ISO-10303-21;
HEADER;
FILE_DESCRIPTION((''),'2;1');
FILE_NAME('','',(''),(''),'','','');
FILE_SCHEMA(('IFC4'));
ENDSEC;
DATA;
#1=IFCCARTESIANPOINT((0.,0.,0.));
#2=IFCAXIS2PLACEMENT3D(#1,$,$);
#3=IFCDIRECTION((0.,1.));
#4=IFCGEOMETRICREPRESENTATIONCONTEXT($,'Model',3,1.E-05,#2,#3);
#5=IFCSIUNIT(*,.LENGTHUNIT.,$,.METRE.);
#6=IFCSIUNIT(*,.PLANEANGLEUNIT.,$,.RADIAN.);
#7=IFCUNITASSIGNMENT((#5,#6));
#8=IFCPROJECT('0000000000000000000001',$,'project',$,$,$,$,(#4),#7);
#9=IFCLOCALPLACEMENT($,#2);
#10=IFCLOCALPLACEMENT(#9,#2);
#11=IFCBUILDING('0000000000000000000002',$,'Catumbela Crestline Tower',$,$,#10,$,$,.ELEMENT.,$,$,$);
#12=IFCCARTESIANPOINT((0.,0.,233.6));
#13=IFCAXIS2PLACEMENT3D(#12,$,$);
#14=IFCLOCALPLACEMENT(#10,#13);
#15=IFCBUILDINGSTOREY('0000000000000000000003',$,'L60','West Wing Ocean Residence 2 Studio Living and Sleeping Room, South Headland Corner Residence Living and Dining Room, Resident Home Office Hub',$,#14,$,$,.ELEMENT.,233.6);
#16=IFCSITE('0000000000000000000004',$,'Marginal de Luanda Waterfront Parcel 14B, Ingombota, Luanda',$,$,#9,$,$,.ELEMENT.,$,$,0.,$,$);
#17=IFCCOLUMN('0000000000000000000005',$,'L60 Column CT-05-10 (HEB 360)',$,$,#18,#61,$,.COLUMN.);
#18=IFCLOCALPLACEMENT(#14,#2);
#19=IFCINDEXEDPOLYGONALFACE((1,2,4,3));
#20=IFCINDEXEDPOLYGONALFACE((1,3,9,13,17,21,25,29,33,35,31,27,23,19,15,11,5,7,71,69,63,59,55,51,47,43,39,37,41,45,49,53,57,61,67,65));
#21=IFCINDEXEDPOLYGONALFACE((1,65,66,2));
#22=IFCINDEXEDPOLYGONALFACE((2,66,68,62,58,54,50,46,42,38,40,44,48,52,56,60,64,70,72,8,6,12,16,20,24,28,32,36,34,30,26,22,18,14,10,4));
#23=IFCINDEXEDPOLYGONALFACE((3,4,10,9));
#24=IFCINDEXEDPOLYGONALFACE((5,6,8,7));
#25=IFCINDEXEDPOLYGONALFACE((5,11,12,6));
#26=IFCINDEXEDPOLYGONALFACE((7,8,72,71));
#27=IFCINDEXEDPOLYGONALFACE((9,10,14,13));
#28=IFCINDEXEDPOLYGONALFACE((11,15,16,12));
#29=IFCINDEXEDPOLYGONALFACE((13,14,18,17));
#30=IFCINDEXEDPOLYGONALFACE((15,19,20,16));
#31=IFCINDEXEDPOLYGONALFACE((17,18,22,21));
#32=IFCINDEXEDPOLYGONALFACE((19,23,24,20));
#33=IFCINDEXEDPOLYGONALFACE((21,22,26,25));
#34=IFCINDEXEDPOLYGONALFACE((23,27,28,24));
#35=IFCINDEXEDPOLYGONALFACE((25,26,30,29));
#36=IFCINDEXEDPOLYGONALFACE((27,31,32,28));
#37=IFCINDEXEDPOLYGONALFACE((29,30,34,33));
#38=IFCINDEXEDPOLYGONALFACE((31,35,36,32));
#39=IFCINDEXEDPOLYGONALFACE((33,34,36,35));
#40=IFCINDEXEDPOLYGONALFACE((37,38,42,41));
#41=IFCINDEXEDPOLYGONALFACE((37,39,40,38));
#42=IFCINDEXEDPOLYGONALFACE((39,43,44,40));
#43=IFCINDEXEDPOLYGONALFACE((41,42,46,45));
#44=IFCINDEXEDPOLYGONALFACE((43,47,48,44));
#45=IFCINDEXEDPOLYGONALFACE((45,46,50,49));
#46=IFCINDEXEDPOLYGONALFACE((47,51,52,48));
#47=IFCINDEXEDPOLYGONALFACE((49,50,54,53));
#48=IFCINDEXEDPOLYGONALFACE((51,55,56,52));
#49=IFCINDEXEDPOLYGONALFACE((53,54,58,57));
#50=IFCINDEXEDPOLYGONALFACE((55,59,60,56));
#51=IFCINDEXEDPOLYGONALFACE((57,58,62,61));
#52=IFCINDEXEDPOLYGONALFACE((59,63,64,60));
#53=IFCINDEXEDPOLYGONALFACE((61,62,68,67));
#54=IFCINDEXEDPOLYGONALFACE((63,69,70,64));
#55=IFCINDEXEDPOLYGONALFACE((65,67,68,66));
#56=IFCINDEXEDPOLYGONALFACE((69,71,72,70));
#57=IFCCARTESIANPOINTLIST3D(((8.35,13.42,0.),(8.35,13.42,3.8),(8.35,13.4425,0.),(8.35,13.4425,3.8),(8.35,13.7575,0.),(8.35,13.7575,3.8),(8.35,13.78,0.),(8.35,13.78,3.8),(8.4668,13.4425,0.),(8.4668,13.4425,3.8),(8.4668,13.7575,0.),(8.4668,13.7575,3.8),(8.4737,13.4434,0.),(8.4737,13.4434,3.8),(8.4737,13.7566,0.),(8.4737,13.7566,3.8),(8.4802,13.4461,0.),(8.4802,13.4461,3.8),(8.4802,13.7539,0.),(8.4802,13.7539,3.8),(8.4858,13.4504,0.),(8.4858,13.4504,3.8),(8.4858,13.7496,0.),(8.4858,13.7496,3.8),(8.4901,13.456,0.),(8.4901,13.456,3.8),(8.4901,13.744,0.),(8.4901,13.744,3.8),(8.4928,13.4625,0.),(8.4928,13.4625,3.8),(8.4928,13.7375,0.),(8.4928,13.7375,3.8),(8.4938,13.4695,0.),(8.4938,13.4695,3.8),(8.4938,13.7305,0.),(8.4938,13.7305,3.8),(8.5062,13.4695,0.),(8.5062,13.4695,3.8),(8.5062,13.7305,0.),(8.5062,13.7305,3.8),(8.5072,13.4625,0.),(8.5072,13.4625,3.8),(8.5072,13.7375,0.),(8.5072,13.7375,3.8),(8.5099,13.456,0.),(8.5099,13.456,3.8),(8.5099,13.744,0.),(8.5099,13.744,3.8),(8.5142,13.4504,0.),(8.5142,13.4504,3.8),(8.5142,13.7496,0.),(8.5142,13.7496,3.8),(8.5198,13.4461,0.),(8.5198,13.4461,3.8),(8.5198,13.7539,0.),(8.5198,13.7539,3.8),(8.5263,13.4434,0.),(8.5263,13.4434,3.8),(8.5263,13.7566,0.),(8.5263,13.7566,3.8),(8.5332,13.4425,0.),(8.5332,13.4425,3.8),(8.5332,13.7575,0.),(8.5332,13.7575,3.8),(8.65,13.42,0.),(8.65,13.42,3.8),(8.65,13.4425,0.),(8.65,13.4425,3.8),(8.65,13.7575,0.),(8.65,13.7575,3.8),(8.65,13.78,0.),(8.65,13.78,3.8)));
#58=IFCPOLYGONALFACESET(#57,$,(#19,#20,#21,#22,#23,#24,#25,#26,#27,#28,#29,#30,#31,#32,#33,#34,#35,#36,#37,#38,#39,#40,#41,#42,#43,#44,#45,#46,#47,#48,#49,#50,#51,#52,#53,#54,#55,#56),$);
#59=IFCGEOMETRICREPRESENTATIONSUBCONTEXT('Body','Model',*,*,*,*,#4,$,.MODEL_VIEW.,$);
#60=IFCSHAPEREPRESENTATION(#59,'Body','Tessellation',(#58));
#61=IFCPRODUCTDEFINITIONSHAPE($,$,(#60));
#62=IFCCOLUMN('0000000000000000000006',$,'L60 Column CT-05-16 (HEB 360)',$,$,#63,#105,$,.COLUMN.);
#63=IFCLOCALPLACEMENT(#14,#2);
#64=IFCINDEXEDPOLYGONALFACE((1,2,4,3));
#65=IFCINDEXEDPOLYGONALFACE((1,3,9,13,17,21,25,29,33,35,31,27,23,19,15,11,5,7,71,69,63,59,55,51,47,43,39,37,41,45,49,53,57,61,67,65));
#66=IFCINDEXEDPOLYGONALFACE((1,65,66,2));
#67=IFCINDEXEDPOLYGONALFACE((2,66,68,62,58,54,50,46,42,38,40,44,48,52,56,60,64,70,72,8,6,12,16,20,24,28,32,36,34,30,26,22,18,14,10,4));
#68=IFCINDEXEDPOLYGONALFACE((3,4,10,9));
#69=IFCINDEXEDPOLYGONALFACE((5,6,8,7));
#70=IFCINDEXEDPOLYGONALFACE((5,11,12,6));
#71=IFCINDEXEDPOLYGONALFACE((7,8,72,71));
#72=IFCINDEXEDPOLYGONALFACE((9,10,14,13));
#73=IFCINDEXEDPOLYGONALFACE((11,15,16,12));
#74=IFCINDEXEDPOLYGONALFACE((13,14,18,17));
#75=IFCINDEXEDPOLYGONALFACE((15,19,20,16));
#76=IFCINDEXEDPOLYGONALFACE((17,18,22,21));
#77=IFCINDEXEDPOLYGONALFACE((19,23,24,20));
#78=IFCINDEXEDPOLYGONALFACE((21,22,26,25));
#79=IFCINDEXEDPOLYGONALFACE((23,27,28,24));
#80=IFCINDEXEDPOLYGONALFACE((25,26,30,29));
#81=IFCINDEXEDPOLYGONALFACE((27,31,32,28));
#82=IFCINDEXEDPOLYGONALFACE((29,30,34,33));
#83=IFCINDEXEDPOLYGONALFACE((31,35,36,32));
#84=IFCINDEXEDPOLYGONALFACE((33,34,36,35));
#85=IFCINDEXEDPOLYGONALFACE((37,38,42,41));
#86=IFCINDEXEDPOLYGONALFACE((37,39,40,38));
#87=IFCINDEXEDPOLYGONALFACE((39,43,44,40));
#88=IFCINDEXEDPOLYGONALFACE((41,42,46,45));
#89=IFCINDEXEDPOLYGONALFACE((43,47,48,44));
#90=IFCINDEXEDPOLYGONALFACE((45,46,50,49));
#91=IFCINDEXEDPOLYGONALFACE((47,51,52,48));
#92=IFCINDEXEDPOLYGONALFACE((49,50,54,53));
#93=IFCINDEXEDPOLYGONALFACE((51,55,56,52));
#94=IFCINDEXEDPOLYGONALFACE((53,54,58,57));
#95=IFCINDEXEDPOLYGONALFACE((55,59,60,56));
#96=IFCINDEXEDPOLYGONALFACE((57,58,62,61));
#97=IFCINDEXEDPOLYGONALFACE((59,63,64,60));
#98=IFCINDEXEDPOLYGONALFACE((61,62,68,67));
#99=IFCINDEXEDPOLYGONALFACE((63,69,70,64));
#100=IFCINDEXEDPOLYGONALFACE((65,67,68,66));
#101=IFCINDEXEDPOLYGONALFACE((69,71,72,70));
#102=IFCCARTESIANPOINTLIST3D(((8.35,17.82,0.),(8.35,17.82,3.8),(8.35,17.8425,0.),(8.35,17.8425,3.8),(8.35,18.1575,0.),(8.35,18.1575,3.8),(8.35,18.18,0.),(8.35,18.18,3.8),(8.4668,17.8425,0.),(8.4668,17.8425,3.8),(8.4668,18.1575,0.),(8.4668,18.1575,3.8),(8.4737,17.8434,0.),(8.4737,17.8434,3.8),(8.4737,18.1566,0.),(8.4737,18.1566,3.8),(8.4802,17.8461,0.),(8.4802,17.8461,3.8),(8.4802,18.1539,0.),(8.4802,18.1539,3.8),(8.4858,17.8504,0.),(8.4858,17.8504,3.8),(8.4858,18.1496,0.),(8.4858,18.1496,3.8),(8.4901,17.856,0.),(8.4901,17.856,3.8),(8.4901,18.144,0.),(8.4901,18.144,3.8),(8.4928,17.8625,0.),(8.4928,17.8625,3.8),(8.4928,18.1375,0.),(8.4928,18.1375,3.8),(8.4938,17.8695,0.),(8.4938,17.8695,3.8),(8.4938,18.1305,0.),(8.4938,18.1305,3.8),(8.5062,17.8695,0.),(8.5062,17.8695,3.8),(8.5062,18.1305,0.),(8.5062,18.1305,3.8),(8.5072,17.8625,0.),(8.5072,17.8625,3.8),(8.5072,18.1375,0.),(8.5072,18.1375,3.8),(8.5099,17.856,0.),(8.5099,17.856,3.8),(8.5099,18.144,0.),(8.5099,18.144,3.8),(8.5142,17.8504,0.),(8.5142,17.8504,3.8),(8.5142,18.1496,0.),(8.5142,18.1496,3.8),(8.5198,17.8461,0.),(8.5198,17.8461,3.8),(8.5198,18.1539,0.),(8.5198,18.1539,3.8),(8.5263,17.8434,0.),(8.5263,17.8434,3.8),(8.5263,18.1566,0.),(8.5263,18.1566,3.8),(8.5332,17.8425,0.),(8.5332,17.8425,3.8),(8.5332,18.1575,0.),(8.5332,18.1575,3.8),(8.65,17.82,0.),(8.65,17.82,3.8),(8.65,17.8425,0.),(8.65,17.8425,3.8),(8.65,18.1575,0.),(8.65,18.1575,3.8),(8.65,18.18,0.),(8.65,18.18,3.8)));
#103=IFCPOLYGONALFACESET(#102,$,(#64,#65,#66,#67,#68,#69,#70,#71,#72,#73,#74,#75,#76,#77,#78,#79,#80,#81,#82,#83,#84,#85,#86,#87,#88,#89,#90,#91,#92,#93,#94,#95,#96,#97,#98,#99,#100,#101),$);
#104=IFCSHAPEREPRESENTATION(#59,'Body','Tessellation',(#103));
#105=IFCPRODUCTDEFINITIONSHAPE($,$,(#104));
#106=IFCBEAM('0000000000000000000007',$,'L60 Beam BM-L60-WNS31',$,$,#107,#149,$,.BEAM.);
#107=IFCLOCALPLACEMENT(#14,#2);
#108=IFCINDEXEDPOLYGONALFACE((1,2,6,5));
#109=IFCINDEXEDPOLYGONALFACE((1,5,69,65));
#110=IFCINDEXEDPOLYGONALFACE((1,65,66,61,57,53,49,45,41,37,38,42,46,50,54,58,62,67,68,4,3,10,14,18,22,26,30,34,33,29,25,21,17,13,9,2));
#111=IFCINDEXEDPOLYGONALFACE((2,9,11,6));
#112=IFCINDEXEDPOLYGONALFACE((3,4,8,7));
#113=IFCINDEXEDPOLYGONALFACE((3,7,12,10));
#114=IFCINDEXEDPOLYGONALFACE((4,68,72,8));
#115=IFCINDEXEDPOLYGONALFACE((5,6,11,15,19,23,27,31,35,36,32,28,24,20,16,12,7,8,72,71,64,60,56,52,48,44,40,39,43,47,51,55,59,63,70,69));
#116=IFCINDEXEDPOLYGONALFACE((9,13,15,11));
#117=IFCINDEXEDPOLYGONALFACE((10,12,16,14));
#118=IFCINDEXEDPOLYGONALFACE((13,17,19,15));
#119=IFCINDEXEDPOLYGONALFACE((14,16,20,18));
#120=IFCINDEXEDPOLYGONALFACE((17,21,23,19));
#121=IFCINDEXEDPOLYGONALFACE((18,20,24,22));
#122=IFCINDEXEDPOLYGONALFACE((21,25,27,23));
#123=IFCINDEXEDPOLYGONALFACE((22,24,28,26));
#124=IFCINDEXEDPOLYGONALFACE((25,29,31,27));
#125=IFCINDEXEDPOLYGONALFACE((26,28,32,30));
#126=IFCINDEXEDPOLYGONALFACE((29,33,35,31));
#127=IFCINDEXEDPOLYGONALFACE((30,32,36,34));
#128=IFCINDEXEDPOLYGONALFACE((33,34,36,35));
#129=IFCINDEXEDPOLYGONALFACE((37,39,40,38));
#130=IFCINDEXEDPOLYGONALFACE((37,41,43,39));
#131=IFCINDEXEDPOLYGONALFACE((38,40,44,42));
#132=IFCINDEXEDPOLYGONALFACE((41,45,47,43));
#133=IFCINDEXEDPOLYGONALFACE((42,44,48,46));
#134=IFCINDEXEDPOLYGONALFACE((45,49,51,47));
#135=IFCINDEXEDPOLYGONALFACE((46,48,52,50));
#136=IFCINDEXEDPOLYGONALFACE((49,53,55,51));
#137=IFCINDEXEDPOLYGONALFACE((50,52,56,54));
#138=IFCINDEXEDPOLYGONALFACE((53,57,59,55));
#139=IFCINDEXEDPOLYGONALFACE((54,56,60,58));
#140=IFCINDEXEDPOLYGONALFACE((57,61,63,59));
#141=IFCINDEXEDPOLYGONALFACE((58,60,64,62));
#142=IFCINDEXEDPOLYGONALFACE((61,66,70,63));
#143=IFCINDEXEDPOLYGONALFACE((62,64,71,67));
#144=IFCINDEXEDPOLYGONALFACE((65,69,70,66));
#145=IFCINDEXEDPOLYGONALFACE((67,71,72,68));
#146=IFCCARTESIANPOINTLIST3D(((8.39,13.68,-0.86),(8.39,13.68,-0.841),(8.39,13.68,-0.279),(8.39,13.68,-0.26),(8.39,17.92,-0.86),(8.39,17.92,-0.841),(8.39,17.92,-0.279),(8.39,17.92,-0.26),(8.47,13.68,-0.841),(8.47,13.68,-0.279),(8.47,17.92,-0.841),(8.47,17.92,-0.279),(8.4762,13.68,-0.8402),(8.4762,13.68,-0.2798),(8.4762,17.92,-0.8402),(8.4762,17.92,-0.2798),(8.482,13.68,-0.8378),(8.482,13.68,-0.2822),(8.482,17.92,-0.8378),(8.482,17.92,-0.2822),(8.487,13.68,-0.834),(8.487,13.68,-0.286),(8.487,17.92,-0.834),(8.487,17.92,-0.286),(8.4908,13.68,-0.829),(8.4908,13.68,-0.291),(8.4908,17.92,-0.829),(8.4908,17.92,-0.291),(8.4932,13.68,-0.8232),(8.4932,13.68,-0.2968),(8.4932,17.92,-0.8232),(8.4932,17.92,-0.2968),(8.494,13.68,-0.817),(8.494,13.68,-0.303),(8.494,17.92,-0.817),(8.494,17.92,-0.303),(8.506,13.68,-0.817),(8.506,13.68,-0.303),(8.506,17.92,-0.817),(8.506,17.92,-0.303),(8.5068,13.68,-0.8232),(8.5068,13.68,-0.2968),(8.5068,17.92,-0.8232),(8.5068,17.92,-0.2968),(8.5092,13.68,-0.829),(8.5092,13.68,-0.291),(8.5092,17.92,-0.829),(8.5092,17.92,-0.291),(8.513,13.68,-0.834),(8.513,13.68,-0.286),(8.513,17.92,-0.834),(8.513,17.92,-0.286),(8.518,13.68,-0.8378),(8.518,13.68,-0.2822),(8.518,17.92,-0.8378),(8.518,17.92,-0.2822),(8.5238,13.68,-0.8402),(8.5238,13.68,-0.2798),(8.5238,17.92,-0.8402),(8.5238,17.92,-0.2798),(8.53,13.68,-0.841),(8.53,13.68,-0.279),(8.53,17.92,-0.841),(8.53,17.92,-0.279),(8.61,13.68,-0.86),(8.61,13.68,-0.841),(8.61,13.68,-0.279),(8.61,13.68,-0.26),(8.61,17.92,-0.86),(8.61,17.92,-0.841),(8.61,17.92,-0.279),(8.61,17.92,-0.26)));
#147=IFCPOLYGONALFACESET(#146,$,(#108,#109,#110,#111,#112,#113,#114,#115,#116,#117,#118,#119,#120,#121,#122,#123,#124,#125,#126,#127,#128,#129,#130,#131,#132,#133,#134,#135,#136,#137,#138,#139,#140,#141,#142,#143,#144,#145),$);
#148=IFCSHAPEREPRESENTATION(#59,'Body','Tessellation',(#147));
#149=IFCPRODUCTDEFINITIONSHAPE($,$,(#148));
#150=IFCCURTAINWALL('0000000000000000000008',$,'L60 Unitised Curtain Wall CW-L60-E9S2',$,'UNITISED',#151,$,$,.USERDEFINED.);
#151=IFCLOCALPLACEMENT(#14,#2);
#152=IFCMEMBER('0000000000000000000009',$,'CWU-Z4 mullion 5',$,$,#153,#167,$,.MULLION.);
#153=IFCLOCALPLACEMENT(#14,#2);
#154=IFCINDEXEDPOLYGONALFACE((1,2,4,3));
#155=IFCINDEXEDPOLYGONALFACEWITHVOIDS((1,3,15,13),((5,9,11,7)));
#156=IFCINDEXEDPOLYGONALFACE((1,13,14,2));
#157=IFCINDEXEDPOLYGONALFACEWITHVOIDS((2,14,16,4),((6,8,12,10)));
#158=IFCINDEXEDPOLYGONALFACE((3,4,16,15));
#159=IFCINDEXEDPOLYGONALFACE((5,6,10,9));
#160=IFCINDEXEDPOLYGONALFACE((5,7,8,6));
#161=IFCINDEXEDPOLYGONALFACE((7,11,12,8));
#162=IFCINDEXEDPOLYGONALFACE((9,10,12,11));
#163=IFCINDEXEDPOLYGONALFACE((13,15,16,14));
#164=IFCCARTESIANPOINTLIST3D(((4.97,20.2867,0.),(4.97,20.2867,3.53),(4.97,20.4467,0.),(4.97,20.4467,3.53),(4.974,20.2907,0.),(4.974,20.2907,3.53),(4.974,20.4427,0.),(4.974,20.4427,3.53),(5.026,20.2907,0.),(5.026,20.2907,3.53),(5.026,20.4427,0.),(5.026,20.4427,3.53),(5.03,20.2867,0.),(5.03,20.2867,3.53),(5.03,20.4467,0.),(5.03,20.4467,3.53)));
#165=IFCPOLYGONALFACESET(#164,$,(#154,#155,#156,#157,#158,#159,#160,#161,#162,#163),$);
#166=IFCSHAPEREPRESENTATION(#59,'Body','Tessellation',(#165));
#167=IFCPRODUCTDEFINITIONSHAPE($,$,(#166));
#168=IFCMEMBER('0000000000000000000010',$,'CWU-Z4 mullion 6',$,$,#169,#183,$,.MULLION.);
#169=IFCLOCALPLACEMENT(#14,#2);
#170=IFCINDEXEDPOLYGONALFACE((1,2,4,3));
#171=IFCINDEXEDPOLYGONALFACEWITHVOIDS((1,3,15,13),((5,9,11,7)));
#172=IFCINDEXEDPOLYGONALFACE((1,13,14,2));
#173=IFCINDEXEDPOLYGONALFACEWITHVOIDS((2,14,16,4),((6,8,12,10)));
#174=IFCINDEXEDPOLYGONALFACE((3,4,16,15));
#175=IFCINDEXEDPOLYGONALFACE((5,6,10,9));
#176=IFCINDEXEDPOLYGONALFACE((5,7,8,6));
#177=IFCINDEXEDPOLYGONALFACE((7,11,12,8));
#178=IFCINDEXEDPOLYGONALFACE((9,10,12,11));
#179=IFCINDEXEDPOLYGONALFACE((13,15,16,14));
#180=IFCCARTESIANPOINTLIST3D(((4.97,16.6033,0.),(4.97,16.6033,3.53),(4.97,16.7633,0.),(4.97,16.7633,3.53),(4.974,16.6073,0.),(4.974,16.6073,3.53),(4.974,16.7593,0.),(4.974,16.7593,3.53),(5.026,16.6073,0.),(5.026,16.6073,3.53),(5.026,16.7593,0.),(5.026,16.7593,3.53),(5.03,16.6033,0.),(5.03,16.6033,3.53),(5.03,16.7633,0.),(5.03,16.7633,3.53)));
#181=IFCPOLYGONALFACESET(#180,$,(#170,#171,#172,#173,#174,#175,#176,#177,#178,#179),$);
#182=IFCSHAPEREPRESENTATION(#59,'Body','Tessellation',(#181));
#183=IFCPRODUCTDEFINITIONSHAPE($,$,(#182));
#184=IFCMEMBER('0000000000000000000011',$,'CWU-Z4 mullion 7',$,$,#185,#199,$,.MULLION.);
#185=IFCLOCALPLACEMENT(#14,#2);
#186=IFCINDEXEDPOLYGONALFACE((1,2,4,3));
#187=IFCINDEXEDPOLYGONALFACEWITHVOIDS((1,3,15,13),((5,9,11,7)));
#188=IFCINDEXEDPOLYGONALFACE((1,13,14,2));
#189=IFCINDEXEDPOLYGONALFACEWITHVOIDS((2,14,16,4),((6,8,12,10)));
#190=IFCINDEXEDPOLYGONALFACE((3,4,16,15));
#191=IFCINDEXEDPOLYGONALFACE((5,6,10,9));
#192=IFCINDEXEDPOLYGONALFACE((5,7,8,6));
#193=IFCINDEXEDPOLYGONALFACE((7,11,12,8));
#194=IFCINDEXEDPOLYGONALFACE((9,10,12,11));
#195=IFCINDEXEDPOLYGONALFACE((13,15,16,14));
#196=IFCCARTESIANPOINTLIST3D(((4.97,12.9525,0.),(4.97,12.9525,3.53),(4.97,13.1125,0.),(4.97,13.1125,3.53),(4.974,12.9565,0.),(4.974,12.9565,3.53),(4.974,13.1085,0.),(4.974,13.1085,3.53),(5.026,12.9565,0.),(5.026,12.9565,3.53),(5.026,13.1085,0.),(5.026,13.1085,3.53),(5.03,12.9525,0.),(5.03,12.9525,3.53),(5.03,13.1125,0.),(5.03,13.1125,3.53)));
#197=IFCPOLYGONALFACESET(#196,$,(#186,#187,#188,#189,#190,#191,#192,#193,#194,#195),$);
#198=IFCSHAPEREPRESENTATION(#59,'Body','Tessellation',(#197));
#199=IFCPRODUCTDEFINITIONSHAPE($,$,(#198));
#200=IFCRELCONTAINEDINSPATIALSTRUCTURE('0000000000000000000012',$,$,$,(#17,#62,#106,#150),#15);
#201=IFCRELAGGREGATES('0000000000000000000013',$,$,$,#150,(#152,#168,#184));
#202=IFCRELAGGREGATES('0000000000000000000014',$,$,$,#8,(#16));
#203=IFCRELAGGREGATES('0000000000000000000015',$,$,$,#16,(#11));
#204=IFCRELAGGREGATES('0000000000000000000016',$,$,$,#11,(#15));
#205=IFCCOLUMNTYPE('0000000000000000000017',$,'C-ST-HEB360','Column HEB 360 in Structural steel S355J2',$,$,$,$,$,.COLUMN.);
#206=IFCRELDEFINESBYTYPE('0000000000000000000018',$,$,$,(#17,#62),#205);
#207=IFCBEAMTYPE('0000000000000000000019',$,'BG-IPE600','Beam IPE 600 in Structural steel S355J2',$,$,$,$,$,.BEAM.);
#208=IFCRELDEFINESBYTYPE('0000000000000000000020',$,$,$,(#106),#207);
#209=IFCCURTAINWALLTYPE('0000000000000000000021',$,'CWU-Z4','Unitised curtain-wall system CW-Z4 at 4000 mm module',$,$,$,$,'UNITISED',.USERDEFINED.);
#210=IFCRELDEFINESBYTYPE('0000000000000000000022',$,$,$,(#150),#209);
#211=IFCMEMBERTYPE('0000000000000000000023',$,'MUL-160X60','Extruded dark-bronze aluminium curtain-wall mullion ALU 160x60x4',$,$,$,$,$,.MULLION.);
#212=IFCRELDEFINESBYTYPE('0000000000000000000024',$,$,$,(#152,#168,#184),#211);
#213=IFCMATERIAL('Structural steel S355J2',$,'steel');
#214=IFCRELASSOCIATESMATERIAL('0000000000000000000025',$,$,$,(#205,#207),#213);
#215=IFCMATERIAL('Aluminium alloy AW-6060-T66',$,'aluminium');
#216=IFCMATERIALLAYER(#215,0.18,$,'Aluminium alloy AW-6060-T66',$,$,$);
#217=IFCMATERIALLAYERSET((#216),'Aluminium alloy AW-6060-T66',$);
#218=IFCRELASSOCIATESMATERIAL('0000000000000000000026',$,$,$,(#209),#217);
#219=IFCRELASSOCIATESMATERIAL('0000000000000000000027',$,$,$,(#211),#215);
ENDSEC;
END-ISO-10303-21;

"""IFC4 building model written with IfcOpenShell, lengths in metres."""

from ifc_helpers import new_model, si_unit, direction, frame, origin, origin_2d, place, context, subcontext, project, spatial, hollow_rectangle, i_section, extrude, material, layer, layer_set, material_profile, profile_set, type_object, element, aggregate, save


model = new_model("IFC4")

# Units and contexts
model_context = context("Model", 3, precision=1e-05, world=origin(), true_north=direction((0.0, 1.0)))
body_context = subcontext(model_context, "Body", "Model", "MODEL_VIEW")
ifc_project = project(units=[si_unit("LENGTHUNIT", "METRE"), si_unit("PLANEANGLEUNIT", "RADIAN")], contexts=[model_context])

# Site, building, storey
site_placement = place(None, origin())
site = spatial("IfcSite", under=ifc_project, at=site_placement, Name="Marginal de Luanda Waterfront Parcel 14B, Ingombota, Luanda", CompositionType="ELEMENT", RefElevation=0.0)
building_placement = place(site_placement, origin())
building = spatial("IfcBuilding", under=site, at=building_placement, Name="Catumbela Crestline Tower", CompositionType="ELEMENT")
storey_placement = place(building_placement, frame((0.0, 0.0, 233.6)))
storey = spatial("IfcBuildingStorey", under=building, at=storey_placement, Name="L60", Description="West Wing Ocean Residence 2 Studio Living and Sleeping Room, South Headland Corner Residence Living and Dining Room, Resident Home Office Hub", CompositionType="ELEMENT", Elevation=233.6)

# Columns
ifc_material_1 = material(Name="Structural steel S355J2", Category="steel")
ifc_material_profile_1 = material_profile(ifc_material_1, i_section(OverallWidth=0.3, OverallDepth=0.36, WebThickness=0.0125, FlangeThickness=0.0225, FilletRadius=0.027, at=origin_2d()), Name="HEB 360")
ifc_profile_set_1 = profile_set([ifc_material_profile_1], Name="Structural steel S355J2")
column_type = type_object("IfcColumnType", Name="C-ST-HEB360", Description="Column HEB 360 in Structural steel S355J2", PredefinedType="COLUMN", material=ifc_profile_set_1)
for number, where, z_axis, x_axis, name in (
    (1, (8.5, 13.6, 0.0), (0.0, 0.0, 1.0), (1.0, 0.0, 0.0), "L60 Column CT-05-10 (HEB 360)"),
    (2, (8.5, 18.0, 0.0), (0.0, 0.0, 1.0), (1.0, 0.0, 0.0), "L60 Column CT-05-16 (HEB 360)"),
):
    element("IfcColumn", number, at=place(storey_placement, frame(where, z_axis=z_axis, x_axis=x_axis)), inside=storey, type_object=column_type, Name=name, PredefinedType="COLUMN", context=body_context, shape_type="SweptSolid", body=[
        extrude(i_section(OverallWidth=0.3, OverallDepth=0.36, WebThickness=0.0125, FlangeThickness=0.0225, FilletRadius=0.027, at=origin_2d()), origin(), (0.0, 0.0, 1.0), 3.8),
    ])

# Beam
ifc_material_profile_2 = material_profile(ifc_material_1, i_section(OverallWidth=0.22, OverallDepth=0.6, WebThickness=0.012, FlangeThickness=0.019, FilletRadius=0.024, at=origin_2d()), Name="IPE 600")
ifc_profile_set_2 = profile_set([ifc_material_profile_2], Name="Structural steel S355J2")
beam_type = type_object("IfcBeamType", Name="BG-IPE600", Description="Beam IPE 600 in Structural steel S355J2", PredefinedType="BEAM", material=ifc_profile_set_2)
beam_placement = place(storey_placement, frame((8.5, 13.68, -0.56), z_axis=(0.0, 1.0, 0.0), x_axis=(-1.0, 0.0, 0.0)))
element("IfcBeam", 3, at=beam_placement, inside=storey, type_object=beam_type, Name="L60 Beam BM-L60-WNS31", PredefinedType="BEAM", context=body_context, shape_type="SweptSolid", body=[
    extrude(i_section(OverallWidth=0.22, OverallDepth=0.6, WebThickness=0.012, FlangeThickness=0.019, FilletRadius=0.024, at=origin_2d()), origin(), (0.0, 0.0, 1.0), 4.24),
])

# Curtain wall, members
ifc_material_2 = material(Name="Aluminium alloy AW-6060-T66", Category="aluminium")
ifc_layer_1 = layer(ifc_material_2, 0.18, Name="Aluminium alloy AW-6060-T66")
ifc_layer_set_1 = layer_set([ifc_layer_1], Name="Aluminium alloy AW-6060-T66")
curtain_wall_type = type_object("IfcCurtainWallType", Name="CWU-Z4", Description="Unitised curtain-wall system CW-Z4 at 4000 mm module", ElementType="UNITISED", PredefinedType="USERDEFINED", material=ifc_layer_set_1)
curtain_wall_placement = place(storey_placement, origin())
curtain_wall = element("IfcCurtainWall", 4, at=curtain_wall_placement, inside=storey, type_object=curtain_wall_type, Name="L60 Unitised Curtain Wall CW-L60-E9S2", ObjectType="UNITISED", PredefinedType="USERDEFINED")
ifc_material_profile_3 = material_profile(ifc_material_2, hollow_rectangle(XDim=0.06, YDim=0.16, WallThickness=0.004, at=origin_2d()), Name="ALU 160x60x4")
ifc_profile_set_3 = profile_set([ifc_material_profile_3], Name="Aluminium alloy AW-6060-T66")
member_type_1 = type_object("IfcMemberType", Name="MUL-160X60", Description="Extruded dark-bronze aluminium curtain-wall mullion ALU 160x60x4", PredefinedType="MULLION", material=ifc_profile_set_3)
member_1_placement = place(storey_placement, frame((5.0, 20.3667, 0.0), z_axis=(0.0, 0.0, 1.0), x_axis=(1.0, 0.0, 0.0)))
member_1 = element("IfcMember", 5, at=member_1_placement, type_object=member_type_1, Name="CWU-Z4 mullion 5", PredefinedType="MULLION", context=body_context, shape_type="SweptSolid", body=[
    extrude(hollow_rectangle(XDim=0.06, YDim=0.16, WallThickness=0.004, at=origin_2d()), origin(), (0.0, 0.0, 1.0), 3.53),
])
member_2_placement = place(storey_placement, frame((5.0, 16.6833, 0.0), z_axis=(0.0, 0.0, 1.0), x_axis=(1.0, 0.0, 0.0)))
member_2 = element("IfcMember", 6, at=member_2_placement, type_object=member_type_1, Name="CWU-Z4 mullion 6", PredefinedType="MULLION", context=body_context, shape_type="SweptSolid", body=[
    extrude(hollow_rectangle(XDim=0.06, YDim=0.16, WallThickness=0.004, at=origin_2d()), origin(), (0.0, 0.0, 1.0), 3.53),
])
member_3_placement = place(storey_placement, frame((5.0, 13.0325, 0.0), z_axis=(0.0, 0.0, 1.0), x_axis=(1.0, 0.0, 0.0)))
member_3 = element("IfcMember", 7, at=member_3_placement, type_object=member_type_1, Name="CWU-Z4 mullion 7", PredefinedType="MULLION", context=body_context, shape_type="SweptSolid", body=[
    extrude(hollow_rectangle(XDim=0.06, YDim=0.16, WallThickness=0.004, at=origin_2d()), origin(), (0.0, 0.0, 1.0), 3.53),
])
aggregate(curtain_wall, [member_1, member_2, member_3])

save(model, "model.ifc")
